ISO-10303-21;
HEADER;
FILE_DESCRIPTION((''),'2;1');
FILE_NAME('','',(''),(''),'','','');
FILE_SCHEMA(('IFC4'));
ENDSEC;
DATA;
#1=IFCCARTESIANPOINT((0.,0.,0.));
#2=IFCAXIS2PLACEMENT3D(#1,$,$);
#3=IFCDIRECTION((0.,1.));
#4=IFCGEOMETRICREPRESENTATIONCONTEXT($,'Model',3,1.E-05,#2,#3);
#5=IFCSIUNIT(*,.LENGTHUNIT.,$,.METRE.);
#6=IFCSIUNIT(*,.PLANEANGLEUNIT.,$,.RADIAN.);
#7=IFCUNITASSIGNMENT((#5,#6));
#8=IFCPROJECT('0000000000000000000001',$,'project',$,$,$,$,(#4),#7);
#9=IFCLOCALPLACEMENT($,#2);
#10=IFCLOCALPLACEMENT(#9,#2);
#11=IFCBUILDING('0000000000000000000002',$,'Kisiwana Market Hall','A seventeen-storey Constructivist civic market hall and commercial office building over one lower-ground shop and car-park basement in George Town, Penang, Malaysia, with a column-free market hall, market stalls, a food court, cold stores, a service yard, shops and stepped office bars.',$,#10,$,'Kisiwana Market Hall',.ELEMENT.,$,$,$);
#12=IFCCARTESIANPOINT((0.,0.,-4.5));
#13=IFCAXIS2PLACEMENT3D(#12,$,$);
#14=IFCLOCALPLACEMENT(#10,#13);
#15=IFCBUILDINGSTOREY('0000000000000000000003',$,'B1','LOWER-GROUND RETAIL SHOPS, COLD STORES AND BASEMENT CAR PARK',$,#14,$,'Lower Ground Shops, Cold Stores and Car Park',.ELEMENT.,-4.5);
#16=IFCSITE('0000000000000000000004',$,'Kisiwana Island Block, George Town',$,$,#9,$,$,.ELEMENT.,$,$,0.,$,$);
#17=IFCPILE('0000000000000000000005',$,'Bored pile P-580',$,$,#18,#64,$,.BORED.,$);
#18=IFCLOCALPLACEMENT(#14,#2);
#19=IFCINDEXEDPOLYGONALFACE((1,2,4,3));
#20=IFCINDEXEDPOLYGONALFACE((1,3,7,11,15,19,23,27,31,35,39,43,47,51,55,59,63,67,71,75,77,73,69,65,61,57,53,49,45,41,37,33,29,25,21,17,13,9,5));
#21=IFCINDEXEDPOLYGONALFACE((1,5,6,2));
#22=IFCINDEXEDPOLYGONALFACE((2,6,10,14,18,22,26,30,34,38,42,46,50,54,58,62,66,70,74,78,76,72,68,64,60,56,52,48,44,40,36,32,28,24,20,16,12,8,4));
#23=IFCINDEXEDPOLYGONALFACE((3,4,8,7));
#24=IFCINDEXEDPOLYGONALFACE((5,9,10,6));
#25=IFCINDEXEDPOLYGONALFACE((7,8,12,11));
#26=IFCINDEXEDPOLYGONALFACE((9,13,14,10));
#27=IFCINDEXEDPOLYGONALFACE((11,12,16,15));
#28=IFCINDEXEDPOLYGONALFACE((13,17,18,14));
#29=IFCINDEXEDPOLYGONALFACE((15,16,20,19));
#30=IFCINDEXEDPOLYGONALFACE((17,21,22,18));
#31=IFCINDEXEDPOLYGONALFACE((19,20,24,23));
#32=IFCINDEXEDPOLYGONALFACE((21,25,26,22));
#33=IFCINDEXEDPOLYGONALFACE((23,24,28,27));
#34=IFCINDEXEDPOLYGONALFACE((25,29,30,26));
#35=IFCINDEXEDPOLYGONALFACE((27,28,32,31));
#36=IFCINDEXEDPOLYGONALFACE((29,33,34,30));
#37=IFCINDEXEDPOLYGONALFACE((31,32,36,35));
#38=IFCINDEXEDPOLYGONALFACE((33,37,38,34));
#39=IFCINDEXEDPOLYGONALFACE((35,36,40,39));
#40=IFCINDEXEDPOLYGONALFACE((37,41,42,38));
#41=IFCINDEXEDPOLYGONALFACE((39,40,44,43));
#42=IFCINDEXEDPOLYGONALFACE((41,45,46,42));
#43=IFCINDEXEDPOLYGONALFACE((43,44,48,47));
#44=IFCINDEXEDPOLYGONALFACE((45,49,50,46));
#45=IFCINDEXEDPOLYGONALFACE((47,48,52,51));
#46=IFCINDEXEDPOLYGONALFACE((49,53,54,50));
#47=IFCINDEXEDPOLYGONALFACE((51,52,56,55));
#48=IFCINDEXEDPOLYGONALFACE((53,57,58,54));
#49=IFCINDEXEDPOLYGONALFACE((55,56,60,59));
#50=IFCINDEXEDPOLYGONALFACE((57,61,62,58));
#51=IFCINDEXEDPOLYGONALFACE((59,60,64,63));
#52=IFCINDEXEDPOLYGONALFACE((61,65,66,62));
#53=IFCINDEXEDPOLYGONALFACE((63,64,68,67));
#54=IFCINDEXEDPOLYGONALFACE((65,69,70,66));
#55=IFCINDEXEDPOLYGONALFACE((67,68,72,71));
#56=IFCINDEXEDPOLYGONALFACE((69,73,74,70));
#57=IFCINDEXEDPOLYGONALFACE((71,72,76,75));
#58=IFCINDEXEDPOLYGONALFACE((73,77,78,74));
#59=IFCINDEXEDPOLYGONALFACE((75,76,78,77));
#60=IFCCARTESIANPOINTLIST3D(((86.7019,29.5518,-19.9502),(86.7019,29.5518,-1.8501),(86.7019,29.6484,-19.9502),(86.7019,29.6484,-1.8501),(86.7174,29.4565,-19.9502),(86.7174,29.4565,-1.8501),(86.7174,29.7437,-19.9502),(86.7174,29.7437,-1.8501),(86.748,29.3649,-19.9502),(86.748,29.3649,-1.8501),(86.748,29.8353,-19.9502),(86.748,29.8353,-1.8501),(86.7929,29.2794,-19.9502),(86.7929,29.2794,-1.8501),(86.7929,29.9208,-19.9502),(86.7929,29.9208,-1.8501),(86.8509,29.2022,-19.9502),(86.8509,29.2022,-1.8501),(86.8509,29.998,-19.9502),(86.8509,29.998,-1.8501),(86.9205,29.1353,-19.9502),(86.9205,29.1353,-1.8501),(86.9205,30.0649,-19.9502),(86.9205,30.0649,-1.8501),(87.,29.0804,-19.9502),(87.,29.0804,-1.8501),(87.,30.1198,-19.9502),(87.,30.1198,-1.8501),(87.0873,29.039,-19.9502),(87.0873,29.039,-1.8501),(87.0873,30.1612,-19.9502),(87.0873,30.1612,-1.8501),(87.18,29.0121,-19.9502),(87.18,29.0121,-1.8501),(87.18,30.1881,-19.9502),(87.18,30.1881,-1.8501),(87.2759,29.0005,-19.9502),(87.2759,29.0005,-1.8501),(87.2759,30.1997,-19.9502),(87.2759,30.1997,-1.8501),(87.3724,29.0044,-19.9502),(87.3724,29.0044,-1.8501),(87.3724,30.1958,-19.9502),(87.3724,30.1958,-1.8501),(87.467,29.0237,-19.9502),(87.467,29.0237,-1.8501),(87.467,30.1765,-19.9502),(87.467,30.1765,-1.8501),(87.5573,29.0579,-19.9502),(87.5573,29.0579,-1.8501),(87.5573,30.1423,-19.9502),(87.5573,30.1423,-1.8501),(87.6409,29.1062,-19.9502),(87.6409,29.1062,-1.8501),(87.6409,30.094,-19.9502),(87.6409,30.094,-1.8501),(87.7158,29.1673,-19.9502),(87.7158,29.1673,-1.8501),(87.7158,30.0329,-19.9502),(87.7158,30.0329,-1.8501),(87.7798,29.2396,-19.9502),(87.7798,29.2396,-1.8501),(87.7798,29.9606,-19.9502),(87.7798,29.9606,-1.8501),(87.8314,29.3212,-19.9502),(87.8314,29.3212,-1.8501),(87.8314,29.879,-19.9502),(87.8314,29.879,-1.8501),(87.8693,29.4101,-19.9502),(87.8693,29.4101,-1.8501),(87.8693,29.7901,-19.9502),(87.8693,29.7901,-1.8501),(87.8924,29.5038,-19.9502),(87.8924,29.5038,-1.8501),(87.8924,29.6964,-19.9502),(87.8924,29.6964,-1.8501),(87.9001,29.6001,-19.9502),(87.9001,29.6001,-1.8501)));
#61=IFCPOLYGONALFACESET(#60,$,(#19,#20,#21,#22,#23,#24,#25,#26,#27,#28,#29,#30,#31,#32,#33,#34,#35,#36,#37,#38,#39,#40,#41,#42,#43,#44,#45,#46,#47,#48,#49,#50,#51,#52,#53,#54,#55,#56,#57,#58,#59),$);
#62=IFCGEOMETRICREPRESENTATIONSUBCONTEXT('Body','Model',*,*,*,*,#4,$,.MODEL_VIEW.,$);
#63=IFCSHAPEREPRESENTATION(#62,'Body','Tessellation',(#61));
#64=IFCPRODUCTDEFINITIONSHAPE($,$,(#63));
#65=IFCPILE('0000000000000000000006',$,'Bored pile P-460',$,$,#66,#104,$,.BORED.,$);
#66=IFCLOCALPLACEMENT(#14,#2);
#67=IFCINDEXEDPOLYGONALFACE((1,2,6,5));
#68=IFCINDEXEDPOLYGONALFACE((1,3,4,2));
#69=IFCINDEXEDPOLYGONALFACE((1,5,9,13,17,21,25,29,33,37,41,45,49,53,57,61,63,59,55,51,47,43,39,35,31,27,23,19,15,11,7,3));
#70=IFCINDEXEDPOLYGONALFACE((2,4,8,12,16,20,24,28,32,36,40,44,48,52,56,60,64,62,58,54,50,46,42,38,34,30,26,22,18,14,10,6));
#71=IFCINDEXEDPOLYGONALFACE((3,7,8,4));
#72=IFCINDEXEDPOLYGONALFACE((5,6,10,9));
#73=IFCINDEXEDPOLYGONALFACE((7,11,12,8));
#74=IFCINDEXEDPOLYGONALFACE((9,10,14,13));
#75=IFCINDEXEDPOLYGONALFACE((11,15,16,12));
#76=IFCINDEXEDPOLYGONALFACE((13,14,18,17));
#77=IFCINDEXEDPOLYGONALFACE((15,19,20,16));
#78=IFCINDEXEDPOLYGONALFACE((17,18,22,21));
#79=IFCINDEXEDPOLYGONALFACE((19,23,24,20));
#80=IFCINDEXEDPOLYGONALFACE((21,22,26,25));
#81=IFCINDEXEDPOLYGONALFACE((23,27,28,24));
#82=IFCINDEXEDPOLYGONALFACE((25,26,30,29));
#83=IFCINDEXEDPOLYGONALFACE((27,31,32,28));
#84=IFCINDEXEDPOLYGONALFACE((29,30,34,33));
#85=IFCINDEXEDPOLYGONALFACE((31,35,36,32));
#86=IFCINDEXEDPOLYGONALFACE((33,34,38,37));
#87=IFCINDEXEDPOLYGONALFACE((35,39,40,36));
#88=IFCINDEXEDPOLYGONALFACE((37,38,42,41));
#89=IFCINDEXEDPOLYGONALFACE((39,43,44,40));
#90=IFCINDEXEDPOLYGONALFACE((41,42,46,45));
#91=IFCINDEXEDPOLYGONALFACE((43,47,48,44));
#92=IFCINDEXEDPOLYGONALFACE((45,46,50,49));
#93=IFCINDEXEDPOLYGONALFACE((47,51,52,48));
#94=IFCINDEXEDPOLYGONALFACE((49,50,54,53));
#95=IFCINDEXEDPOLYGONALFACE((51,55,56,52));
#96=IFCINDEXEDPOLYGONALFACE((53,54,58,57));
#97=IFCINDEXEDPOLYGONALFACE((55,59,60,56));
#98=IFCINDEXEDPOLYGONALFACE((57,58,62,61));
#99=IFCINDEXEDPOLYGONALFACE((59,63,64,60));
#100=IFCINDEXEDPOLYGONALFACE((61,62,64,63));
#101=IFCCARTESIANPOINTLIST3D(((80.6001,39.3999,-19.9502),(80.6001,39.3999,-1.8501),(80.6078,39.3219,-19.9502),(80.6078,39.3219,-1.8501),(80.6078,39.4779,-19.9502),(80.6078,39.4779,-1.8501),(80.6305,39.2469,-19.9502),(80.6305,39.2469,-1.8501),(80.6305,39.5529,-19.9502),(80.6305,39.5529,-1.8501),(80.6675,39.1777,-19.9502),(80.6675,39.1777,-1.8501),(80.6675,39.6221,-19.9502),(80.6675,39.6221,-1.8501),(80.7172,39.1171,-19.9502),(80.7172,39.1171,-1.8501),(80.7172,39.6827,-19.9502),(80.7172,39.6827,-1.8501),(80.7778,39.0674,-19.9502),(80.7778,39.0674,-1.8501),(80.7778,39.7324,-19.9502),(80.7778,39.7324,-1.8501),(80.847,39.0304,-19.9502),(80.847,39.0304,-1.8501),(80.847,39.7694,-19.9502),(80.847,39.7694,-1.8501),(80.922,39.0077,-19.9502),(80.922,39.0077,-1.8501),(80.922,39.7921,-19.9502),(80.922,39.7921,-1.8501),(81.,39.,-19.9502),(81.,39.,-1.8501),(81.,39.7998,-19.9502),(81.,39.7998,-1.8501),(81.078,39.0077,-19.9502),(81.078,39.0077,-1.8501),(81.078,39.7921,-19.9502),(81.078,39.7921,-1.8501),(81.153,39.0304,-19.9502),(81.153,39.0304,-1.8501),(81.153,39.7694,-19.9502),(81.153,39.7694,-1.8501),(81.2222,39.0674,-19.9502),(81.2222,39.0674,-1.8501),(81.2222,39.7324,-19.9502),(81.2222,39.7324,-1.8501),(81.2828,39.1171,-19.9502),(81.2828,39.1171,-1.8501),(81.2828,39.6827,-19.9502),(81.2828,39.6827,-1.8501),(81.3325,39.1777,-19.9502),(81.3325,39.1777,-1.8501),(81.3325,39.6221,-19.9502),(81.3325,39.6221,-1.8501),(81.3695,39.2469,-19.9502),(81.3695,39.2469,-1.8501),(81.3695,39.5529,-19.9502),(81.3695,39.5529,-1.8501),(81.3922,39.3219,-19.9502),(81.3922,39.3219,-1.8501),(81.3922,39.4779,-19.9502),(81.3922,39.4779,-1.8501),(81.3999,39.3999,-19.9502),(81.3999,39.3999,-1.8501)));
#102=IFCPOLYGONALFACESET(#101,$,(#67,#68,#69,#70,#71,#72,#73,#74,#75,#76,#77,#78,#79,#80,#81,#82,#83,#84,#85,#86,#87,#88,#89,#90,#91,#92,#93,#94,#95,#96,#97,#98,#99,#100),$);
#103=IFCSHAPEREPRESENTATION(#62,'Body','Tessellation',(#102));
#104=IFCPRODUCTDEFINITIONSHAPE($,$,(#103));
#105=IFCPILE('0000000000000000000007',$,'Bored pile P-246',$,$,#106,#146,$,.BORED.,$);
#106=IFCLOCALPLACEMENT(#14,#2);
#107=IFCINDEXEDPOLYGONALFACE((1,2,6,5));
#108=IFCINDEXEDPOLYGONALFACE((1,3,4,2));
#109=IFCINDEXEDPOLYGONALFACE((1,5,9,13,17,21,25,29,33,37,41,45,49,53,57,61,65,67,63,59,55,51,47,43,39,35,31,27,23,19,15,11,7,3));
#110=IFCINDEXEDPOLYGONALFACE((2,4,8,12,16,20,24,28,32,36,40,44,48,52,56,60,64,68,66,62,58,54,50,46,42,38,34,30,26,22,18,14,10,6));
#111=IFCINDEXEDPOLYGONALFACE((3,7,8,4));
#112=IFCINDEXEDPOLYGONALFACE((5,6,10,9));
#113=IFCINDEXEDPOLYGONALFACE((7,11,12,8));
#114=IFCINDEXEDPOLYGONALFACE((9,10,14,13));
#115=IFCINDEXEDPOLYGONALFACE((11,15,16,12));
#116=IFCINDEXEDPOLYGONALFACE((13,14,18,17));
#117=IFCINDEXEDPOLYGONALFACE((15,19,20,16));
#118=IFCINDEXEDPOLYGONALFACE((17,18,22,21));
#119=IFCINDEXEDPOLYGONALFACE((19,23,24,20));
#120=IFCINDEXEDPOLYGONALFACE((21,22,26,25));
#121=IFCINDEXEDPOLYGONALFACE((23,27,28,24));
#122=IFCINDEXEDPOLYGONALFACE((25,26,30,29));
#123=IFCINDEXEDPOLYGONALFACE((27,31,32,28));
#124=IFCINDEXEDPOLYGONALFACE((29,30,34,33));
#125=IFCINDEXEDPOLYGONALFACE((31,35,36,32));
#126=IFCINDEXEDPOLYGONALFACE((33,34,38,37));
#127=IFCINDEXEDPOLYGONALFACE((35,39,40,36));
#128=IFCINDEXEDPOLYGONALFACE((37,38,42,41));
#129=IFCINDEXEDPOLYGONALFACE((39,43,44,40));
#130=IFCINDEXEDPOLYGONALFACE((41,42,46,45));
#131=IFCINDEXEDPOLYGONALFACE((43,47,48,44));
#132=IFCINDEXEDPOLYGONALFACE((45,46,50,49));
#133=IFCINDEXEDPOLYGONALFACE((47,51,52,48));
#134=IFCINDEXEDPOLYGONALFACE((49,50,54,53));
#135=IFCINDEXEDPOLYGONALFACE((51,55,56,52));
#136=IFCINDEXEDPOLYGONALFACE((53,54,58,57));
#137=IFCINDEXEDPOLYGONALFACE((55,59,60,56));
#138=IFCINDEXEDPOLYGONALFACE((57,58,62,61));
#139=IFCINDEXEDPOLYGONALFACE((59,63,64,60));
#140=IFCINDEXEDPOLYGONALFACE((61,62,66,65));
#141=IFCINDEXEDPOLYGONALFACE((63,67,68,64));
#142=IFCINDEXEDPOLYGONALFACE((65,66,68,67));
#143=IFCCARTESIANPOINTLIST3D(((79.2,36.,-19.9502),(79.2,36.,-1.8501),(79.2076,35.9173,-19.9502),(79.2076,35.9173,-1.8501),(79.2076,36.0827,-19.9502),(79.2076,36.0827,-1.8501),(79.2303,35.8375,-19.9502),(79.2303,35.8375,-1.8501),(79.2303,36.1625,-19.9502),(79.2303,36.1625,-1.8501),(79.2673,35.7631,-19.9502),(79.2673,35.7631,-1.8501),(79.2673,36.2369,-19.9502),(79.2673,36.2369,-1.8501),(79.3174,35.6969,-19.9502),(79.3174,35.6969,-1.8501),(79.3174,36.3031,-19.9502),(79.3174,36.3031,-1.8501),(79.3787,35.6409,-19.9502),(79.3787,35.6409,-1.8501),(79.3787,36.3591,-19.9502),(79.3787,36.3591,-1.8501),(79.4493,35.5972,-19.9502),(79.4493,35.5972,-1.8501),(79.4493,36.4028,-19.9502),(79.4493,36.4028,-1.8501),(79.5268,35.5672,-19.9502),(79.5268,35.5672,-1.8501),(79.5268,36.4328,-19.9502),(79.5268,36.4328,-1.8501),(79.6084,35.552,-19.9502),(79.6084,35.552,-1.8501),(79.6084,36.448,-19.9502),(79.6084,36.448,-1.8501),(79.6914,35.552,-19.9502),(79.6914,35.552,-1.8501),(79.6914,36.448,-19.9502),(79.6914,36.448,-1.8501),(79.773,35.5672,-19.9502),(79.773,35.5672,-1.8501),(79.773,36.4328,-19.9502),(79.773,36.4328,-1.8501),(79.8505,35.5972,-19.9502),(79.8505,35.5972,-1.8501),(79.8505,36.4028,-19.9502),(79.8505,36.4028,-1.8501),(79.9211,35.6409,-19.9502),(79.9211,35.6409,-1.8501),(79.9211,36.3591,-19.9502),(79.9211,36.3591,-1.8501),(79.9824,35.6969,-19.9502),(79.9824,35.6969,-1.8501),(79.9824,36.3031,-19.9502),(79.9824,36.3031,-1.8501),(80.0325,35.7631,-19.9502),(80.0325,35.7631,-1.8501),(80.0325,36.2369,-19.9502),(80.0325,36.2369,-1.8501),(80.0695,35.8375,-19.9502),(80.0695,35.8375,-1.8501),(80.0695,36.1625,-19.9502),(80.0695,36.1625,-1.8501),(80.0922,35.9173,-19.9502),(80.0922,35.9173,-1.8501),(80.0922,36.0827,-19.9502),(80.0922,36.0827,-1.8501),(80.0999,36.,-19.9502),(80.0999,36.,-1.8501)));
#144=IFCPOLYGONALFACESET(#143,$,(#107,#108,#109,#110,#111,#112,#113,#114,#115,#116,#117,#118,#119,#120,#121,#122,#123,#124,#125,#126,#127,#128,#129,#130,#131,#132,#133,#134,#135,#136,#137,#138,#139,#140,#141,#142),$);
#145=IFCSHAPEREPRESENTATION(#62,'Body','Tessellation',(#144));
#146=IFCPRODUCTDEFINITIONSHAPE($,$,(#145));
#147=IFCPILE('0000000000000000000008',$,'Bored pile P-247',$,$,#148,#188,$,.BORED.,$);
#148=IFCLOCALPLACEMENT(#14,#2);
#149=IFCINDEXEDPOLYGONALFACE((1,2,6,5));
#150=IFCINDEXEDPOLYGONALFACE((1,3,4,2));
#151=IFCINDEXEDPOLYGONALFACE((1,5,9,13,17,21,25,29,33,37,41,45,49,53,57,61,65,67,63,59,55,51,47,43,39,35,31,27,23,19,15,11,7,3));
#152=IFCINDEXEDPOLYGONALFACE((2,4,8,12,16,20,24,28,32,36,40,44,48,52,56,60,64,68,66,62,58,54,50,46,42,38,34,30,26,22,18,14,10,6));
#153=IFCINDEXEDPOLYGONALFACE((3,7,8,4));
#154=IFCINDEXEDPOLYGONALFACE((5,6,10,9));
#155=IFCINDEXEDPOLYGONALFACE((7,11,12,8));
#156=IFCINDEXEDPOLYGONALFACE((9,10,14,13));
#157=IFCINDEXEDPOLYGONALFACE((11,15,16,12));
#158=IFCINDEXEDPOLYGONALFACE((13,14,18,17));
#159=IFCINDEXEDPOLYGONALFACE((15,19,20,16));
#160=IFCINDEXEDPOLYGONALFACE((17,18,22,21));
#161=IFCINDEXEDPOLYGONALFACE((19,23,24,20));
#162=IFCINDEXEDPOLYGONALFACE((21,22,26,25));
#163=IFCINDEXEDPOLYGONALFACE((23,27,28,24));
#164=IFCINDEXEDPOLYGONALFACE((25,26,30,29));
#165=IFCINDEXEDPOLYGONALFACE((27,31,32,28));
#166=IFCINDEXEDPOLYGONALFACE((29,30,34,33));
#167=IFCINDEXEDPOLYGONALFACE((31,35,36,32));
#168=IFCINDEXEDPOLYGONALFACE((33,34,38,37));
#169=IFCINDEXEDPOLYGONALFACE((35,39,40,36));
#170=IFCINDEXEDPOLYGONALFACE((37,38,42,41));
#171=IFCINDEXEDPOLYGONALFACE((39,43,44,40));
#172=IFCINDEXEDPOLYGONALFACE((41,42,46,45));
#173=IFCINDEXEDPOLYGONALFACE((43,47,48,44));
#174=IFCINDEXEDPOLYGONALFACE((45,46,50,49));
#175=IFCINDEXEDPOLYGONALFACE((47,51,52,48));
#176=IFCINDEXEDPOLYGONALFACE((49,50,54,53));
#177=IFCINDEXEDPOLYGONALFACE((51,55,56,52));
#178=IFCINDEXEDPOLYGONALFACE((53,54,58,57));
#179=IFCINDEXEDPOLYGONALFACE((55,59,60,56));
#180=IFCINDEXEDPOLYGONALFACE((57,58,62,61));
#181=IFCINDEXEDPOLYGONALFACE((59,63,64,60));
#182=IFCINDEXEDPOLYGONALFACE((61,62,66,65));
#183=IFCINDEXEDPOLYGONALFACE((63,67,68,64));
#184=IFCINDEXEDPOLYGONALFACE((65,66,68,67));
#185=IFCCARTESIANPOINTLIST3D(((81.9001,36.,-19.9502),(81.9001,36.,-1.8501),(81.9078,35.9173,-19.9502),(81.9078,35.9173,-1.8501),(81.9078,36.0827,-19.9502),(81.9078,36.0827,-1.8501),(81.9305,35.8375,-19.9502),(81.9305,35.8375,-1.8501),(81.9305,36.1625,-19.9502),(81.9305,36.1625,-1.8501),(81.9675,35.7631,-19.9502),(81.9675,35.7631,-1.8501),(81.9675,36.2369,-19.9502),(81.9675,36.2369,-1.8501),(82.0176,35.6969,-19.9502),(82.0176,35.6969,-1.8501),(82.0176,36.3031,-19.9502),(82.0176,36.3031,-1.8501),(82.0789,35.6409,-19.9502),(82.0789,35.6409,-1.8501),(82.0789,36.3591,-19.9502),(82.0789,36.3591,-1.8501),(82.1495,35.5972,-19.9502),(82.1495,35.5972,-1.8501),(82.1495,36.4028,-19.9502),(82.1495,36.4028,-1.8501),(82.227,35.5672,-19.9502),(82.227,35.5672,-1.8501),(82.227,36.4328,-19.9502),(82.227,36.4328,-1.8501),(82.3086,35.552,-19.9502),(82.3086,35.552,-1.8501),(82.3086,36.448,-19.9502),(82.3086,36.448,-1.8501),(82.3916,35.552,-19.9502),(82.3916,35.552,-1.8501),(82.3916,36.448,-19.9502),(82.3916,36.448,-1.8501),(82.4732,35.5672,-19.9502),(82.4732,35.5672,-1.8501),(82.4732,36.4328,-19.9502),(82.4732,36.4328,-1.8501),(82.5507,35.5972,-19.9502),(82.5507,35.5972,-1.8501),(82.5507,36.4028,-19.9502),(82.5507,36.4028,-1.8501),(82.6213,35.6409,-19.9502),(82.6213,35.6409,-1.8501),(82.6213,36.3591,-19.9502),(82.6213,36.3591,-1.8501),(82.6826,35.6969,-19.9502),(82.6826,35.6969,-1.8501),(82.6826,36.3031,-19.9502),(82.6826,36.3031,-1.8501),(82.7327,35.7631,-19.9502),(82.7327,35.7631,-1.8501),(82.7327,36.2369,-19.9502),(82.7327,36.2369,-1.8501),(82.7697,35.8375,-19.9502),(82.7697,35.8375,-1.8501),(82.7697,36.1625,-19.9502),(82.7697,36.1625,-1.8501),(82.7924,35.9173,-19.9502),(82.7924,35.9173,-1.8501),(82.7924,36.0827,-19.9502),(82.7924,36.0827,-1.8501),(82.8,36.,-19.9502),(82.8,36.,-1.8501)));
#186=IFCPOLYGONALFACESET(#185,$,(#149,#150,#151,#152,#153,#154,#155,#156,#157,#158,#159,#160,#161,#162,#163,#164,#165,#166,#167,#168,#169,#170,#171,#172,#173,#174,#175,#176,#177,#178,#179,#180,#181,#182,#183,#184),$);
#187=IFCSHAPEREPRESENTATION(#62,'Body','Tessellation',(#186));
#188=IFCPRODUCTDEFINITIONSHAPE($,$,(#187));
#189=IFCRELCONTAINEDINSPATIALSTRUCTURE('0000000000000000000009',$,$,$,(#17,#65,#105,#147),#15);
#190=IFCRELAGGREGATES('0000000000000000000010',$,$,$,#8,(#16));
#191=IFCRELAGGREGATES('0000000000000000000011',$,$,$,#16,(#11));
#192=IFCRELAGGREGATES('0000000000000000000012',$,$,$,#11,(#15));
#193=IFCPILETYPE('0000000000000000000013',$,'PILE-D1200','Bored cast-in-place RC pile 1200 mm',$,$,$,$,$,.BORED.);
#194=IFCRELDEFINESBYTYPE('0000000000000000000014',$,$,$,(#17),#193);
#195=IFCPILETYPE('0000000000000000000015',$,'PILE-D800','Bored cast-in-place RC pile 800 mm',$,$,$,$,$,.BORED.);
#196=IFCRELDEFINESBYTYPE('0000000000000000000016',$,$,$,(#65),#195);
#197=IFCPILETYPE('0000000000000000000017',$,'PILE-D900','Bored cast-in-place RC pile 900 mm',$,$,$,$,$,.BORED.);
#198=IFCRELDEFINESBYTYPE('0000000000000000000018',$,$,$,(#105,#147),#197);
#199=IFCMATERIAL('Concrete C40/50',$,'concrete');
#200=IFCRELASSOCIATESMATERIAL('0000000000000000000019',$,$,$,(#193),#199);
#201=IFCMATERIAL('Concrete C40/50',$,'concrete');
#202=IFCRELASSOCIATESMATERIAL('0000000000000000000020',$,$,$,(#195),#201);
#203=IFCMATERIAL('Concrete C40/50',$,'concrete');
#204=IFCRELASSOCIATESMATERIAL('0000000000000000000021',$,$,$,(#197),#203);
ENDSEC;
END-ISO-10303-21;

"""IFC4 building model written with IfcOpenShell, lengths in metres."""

from ifc_helpers import new_model, si_unit, direction, frame, origin, origin_2d, place, context, subcontext, project, spatial, circle, extrude, material, material_profile, profile_set, type_object, element, save


model = new_model("IFC4")

# Units and contexts
model_context = context("Model", 3, precision=1e-05, world=origin(), true_north=direction((0.0, 1.0)))
body_context = subcontext(model_context, "Body", "Model", "MODEL_VIEW")
ifc_project = project(units=[si_unit("LENGTHUNIT", "METRE"), si_unit("PLANEANGLEUNIT", "RADIAN")], contexts=[model_context])

# Site, building, storey
site_placement = place(None, origin())
site = spatial("IfcSite", under=ifc_project, at=site_placement, Name="Kisiwana Island Block, George Town", CompositionType="ELEMENT", RefElevation=0.0)
building_placement = place(site_placement, origin())
building = spatial("IfcBuilding", under=site, at=building_placement, Name="Kisiwana Market Hall", Description="A seventeen-storey Constructivist civic market hall and commercial office building over one lower-ground shop and car-park basement in George Town, Penang, Malaysia, with a column-free market hall, market stalls, a food court, cold stores, a service yard, shops and stepped office bars.", LongName="Kisiwana Market Hall", CompositionType="ELEMENT")
storey_placement = place(building_placement, frame((0.0, 0.0, -4.5)))
storey = spatial("IfcBuildingStorey", under=building, at=storey_placement, Name="B1", Description="LOWER-GROUND RETAIL SHOPS, COLD STORES AND BASEMENT CAR PARK", LongName="Lower Ground Shops, Cold Stores and Car Park", CompositionType="ELEMENT", Elevation=-4.5)

# Piles
ifc_material_1 = material(Name="Concrete C40/50", Category="concrete")
ifc_material_profile_1 = material_profile(ifc_material_1, circle(Radius=0.6001, at=origin_2d()), Name="BP D1200")
ifc_profile_set_1 = profile_set([ifc_material_profile_1], Name="Concrete C40/50")
pile_type_1 = type_object("IfcPileType", Name="PILE-D1200", Description="Bored cast-in-place RC pile 1200 mm", PredefinedType="BORED", material=ifc_profile_set_1)
pile_1_placement = place(storey_placement, frame((87.3, 29.6001, -1.8501), z_axis=(0.0, 0.0, -1.0), x_axis=(1.0, 0.0, 0.0)))
element("IfcPile", 1, at=pile_1_placement, inside=storey, type_object=pile_type_1, Name="Bored pile P-580", PredefinedType="BORED", context=body_context, shape_type="SweptSolid", body=[
    extrude(circle(Radius=0.6001, at=origin_2d()), origin(), (0.0, 0.0, 1.0), 18.1001),
])
ifc_material_2 = material(Name="Concrete C40/50", Category="concrete")
ifc_material_profile_2 = material_profile(ifc_material_2, circle(Radius=0.3999, at=origin_2d()), Name="BP D800")
ifc_profile_set_2 = profile_set([ifc_material_profile_2], Name="Concrete C40/50")
pile_type_2 = type_object("IfcPileType", Name="PILE-D800", Description="Bored cast-in-place RC pile 800 mm", PredefinedType="BORED", material=ifc_profile_set_2)
pile_2_placement = place(storey_placement, frame((81.0, 39.3999, -1.8501), z_axis=(0.0, 0.0, -1.0), x_axis=(1.0, 0.0, 0.0)))
element("IfcPile", 2, at=pile_2_placement, inside=storey, type_object=pile_type_2, Name="Bored pile P-460", PredefinedType="BORED", context=body_context, shape_type="SweptSolid", body=[
    extrude(circle(Radius=0.3999, at=origin_2d()), origin(), (0.0, 0.0, 1.0), 18.1001),
])
ifc_material_3 = material(Name="Concrete C40/50", Category="concrete")
ifc_material_profile_3 = material_profile(ifc_material_3, circle(Radius=0.45, at=origin_2d()), Name="BP D900")
ifc_profile_set_3 = profile_set([ifc_material_profile_3], Name="Concrete C40/50")
pile_type_3 = type_object("IfcPileType", Name="PILE-D900", Description="Bored cast-in-place RC pile 900 mm", PredefinedType="BORED", material=ifc_profile_set_3)
for number, where, z_axis, x_axis, name in (
    (3, (79.6499, 36.0, -1.8501), (0.0, 0.0, -1.0), (1.0, 0.0, 0.0), "Bored pile P-246"),
    (4, (82.3501, 36.0, -1.8501), (0.0, 0.0, -1.0), (1.0, 0.0, 0.0), "Bored pile P-247"),
):
    element("IfcPile", number, at=place(storey_placement, frame(where, z_axis=z_axis, x_axis=x_axis)), inside=storey, type_object=pile_type_3, Name=name, PredefinedType="BORED", context=body_context, shape_type="SweptSolid", body=[
        extrude(circle(Radius=0.45, at=origin_2d()), origin(), (0.0, 0.0, 1.0), 18.1001),
    ])

save(model, "model.ifc")
